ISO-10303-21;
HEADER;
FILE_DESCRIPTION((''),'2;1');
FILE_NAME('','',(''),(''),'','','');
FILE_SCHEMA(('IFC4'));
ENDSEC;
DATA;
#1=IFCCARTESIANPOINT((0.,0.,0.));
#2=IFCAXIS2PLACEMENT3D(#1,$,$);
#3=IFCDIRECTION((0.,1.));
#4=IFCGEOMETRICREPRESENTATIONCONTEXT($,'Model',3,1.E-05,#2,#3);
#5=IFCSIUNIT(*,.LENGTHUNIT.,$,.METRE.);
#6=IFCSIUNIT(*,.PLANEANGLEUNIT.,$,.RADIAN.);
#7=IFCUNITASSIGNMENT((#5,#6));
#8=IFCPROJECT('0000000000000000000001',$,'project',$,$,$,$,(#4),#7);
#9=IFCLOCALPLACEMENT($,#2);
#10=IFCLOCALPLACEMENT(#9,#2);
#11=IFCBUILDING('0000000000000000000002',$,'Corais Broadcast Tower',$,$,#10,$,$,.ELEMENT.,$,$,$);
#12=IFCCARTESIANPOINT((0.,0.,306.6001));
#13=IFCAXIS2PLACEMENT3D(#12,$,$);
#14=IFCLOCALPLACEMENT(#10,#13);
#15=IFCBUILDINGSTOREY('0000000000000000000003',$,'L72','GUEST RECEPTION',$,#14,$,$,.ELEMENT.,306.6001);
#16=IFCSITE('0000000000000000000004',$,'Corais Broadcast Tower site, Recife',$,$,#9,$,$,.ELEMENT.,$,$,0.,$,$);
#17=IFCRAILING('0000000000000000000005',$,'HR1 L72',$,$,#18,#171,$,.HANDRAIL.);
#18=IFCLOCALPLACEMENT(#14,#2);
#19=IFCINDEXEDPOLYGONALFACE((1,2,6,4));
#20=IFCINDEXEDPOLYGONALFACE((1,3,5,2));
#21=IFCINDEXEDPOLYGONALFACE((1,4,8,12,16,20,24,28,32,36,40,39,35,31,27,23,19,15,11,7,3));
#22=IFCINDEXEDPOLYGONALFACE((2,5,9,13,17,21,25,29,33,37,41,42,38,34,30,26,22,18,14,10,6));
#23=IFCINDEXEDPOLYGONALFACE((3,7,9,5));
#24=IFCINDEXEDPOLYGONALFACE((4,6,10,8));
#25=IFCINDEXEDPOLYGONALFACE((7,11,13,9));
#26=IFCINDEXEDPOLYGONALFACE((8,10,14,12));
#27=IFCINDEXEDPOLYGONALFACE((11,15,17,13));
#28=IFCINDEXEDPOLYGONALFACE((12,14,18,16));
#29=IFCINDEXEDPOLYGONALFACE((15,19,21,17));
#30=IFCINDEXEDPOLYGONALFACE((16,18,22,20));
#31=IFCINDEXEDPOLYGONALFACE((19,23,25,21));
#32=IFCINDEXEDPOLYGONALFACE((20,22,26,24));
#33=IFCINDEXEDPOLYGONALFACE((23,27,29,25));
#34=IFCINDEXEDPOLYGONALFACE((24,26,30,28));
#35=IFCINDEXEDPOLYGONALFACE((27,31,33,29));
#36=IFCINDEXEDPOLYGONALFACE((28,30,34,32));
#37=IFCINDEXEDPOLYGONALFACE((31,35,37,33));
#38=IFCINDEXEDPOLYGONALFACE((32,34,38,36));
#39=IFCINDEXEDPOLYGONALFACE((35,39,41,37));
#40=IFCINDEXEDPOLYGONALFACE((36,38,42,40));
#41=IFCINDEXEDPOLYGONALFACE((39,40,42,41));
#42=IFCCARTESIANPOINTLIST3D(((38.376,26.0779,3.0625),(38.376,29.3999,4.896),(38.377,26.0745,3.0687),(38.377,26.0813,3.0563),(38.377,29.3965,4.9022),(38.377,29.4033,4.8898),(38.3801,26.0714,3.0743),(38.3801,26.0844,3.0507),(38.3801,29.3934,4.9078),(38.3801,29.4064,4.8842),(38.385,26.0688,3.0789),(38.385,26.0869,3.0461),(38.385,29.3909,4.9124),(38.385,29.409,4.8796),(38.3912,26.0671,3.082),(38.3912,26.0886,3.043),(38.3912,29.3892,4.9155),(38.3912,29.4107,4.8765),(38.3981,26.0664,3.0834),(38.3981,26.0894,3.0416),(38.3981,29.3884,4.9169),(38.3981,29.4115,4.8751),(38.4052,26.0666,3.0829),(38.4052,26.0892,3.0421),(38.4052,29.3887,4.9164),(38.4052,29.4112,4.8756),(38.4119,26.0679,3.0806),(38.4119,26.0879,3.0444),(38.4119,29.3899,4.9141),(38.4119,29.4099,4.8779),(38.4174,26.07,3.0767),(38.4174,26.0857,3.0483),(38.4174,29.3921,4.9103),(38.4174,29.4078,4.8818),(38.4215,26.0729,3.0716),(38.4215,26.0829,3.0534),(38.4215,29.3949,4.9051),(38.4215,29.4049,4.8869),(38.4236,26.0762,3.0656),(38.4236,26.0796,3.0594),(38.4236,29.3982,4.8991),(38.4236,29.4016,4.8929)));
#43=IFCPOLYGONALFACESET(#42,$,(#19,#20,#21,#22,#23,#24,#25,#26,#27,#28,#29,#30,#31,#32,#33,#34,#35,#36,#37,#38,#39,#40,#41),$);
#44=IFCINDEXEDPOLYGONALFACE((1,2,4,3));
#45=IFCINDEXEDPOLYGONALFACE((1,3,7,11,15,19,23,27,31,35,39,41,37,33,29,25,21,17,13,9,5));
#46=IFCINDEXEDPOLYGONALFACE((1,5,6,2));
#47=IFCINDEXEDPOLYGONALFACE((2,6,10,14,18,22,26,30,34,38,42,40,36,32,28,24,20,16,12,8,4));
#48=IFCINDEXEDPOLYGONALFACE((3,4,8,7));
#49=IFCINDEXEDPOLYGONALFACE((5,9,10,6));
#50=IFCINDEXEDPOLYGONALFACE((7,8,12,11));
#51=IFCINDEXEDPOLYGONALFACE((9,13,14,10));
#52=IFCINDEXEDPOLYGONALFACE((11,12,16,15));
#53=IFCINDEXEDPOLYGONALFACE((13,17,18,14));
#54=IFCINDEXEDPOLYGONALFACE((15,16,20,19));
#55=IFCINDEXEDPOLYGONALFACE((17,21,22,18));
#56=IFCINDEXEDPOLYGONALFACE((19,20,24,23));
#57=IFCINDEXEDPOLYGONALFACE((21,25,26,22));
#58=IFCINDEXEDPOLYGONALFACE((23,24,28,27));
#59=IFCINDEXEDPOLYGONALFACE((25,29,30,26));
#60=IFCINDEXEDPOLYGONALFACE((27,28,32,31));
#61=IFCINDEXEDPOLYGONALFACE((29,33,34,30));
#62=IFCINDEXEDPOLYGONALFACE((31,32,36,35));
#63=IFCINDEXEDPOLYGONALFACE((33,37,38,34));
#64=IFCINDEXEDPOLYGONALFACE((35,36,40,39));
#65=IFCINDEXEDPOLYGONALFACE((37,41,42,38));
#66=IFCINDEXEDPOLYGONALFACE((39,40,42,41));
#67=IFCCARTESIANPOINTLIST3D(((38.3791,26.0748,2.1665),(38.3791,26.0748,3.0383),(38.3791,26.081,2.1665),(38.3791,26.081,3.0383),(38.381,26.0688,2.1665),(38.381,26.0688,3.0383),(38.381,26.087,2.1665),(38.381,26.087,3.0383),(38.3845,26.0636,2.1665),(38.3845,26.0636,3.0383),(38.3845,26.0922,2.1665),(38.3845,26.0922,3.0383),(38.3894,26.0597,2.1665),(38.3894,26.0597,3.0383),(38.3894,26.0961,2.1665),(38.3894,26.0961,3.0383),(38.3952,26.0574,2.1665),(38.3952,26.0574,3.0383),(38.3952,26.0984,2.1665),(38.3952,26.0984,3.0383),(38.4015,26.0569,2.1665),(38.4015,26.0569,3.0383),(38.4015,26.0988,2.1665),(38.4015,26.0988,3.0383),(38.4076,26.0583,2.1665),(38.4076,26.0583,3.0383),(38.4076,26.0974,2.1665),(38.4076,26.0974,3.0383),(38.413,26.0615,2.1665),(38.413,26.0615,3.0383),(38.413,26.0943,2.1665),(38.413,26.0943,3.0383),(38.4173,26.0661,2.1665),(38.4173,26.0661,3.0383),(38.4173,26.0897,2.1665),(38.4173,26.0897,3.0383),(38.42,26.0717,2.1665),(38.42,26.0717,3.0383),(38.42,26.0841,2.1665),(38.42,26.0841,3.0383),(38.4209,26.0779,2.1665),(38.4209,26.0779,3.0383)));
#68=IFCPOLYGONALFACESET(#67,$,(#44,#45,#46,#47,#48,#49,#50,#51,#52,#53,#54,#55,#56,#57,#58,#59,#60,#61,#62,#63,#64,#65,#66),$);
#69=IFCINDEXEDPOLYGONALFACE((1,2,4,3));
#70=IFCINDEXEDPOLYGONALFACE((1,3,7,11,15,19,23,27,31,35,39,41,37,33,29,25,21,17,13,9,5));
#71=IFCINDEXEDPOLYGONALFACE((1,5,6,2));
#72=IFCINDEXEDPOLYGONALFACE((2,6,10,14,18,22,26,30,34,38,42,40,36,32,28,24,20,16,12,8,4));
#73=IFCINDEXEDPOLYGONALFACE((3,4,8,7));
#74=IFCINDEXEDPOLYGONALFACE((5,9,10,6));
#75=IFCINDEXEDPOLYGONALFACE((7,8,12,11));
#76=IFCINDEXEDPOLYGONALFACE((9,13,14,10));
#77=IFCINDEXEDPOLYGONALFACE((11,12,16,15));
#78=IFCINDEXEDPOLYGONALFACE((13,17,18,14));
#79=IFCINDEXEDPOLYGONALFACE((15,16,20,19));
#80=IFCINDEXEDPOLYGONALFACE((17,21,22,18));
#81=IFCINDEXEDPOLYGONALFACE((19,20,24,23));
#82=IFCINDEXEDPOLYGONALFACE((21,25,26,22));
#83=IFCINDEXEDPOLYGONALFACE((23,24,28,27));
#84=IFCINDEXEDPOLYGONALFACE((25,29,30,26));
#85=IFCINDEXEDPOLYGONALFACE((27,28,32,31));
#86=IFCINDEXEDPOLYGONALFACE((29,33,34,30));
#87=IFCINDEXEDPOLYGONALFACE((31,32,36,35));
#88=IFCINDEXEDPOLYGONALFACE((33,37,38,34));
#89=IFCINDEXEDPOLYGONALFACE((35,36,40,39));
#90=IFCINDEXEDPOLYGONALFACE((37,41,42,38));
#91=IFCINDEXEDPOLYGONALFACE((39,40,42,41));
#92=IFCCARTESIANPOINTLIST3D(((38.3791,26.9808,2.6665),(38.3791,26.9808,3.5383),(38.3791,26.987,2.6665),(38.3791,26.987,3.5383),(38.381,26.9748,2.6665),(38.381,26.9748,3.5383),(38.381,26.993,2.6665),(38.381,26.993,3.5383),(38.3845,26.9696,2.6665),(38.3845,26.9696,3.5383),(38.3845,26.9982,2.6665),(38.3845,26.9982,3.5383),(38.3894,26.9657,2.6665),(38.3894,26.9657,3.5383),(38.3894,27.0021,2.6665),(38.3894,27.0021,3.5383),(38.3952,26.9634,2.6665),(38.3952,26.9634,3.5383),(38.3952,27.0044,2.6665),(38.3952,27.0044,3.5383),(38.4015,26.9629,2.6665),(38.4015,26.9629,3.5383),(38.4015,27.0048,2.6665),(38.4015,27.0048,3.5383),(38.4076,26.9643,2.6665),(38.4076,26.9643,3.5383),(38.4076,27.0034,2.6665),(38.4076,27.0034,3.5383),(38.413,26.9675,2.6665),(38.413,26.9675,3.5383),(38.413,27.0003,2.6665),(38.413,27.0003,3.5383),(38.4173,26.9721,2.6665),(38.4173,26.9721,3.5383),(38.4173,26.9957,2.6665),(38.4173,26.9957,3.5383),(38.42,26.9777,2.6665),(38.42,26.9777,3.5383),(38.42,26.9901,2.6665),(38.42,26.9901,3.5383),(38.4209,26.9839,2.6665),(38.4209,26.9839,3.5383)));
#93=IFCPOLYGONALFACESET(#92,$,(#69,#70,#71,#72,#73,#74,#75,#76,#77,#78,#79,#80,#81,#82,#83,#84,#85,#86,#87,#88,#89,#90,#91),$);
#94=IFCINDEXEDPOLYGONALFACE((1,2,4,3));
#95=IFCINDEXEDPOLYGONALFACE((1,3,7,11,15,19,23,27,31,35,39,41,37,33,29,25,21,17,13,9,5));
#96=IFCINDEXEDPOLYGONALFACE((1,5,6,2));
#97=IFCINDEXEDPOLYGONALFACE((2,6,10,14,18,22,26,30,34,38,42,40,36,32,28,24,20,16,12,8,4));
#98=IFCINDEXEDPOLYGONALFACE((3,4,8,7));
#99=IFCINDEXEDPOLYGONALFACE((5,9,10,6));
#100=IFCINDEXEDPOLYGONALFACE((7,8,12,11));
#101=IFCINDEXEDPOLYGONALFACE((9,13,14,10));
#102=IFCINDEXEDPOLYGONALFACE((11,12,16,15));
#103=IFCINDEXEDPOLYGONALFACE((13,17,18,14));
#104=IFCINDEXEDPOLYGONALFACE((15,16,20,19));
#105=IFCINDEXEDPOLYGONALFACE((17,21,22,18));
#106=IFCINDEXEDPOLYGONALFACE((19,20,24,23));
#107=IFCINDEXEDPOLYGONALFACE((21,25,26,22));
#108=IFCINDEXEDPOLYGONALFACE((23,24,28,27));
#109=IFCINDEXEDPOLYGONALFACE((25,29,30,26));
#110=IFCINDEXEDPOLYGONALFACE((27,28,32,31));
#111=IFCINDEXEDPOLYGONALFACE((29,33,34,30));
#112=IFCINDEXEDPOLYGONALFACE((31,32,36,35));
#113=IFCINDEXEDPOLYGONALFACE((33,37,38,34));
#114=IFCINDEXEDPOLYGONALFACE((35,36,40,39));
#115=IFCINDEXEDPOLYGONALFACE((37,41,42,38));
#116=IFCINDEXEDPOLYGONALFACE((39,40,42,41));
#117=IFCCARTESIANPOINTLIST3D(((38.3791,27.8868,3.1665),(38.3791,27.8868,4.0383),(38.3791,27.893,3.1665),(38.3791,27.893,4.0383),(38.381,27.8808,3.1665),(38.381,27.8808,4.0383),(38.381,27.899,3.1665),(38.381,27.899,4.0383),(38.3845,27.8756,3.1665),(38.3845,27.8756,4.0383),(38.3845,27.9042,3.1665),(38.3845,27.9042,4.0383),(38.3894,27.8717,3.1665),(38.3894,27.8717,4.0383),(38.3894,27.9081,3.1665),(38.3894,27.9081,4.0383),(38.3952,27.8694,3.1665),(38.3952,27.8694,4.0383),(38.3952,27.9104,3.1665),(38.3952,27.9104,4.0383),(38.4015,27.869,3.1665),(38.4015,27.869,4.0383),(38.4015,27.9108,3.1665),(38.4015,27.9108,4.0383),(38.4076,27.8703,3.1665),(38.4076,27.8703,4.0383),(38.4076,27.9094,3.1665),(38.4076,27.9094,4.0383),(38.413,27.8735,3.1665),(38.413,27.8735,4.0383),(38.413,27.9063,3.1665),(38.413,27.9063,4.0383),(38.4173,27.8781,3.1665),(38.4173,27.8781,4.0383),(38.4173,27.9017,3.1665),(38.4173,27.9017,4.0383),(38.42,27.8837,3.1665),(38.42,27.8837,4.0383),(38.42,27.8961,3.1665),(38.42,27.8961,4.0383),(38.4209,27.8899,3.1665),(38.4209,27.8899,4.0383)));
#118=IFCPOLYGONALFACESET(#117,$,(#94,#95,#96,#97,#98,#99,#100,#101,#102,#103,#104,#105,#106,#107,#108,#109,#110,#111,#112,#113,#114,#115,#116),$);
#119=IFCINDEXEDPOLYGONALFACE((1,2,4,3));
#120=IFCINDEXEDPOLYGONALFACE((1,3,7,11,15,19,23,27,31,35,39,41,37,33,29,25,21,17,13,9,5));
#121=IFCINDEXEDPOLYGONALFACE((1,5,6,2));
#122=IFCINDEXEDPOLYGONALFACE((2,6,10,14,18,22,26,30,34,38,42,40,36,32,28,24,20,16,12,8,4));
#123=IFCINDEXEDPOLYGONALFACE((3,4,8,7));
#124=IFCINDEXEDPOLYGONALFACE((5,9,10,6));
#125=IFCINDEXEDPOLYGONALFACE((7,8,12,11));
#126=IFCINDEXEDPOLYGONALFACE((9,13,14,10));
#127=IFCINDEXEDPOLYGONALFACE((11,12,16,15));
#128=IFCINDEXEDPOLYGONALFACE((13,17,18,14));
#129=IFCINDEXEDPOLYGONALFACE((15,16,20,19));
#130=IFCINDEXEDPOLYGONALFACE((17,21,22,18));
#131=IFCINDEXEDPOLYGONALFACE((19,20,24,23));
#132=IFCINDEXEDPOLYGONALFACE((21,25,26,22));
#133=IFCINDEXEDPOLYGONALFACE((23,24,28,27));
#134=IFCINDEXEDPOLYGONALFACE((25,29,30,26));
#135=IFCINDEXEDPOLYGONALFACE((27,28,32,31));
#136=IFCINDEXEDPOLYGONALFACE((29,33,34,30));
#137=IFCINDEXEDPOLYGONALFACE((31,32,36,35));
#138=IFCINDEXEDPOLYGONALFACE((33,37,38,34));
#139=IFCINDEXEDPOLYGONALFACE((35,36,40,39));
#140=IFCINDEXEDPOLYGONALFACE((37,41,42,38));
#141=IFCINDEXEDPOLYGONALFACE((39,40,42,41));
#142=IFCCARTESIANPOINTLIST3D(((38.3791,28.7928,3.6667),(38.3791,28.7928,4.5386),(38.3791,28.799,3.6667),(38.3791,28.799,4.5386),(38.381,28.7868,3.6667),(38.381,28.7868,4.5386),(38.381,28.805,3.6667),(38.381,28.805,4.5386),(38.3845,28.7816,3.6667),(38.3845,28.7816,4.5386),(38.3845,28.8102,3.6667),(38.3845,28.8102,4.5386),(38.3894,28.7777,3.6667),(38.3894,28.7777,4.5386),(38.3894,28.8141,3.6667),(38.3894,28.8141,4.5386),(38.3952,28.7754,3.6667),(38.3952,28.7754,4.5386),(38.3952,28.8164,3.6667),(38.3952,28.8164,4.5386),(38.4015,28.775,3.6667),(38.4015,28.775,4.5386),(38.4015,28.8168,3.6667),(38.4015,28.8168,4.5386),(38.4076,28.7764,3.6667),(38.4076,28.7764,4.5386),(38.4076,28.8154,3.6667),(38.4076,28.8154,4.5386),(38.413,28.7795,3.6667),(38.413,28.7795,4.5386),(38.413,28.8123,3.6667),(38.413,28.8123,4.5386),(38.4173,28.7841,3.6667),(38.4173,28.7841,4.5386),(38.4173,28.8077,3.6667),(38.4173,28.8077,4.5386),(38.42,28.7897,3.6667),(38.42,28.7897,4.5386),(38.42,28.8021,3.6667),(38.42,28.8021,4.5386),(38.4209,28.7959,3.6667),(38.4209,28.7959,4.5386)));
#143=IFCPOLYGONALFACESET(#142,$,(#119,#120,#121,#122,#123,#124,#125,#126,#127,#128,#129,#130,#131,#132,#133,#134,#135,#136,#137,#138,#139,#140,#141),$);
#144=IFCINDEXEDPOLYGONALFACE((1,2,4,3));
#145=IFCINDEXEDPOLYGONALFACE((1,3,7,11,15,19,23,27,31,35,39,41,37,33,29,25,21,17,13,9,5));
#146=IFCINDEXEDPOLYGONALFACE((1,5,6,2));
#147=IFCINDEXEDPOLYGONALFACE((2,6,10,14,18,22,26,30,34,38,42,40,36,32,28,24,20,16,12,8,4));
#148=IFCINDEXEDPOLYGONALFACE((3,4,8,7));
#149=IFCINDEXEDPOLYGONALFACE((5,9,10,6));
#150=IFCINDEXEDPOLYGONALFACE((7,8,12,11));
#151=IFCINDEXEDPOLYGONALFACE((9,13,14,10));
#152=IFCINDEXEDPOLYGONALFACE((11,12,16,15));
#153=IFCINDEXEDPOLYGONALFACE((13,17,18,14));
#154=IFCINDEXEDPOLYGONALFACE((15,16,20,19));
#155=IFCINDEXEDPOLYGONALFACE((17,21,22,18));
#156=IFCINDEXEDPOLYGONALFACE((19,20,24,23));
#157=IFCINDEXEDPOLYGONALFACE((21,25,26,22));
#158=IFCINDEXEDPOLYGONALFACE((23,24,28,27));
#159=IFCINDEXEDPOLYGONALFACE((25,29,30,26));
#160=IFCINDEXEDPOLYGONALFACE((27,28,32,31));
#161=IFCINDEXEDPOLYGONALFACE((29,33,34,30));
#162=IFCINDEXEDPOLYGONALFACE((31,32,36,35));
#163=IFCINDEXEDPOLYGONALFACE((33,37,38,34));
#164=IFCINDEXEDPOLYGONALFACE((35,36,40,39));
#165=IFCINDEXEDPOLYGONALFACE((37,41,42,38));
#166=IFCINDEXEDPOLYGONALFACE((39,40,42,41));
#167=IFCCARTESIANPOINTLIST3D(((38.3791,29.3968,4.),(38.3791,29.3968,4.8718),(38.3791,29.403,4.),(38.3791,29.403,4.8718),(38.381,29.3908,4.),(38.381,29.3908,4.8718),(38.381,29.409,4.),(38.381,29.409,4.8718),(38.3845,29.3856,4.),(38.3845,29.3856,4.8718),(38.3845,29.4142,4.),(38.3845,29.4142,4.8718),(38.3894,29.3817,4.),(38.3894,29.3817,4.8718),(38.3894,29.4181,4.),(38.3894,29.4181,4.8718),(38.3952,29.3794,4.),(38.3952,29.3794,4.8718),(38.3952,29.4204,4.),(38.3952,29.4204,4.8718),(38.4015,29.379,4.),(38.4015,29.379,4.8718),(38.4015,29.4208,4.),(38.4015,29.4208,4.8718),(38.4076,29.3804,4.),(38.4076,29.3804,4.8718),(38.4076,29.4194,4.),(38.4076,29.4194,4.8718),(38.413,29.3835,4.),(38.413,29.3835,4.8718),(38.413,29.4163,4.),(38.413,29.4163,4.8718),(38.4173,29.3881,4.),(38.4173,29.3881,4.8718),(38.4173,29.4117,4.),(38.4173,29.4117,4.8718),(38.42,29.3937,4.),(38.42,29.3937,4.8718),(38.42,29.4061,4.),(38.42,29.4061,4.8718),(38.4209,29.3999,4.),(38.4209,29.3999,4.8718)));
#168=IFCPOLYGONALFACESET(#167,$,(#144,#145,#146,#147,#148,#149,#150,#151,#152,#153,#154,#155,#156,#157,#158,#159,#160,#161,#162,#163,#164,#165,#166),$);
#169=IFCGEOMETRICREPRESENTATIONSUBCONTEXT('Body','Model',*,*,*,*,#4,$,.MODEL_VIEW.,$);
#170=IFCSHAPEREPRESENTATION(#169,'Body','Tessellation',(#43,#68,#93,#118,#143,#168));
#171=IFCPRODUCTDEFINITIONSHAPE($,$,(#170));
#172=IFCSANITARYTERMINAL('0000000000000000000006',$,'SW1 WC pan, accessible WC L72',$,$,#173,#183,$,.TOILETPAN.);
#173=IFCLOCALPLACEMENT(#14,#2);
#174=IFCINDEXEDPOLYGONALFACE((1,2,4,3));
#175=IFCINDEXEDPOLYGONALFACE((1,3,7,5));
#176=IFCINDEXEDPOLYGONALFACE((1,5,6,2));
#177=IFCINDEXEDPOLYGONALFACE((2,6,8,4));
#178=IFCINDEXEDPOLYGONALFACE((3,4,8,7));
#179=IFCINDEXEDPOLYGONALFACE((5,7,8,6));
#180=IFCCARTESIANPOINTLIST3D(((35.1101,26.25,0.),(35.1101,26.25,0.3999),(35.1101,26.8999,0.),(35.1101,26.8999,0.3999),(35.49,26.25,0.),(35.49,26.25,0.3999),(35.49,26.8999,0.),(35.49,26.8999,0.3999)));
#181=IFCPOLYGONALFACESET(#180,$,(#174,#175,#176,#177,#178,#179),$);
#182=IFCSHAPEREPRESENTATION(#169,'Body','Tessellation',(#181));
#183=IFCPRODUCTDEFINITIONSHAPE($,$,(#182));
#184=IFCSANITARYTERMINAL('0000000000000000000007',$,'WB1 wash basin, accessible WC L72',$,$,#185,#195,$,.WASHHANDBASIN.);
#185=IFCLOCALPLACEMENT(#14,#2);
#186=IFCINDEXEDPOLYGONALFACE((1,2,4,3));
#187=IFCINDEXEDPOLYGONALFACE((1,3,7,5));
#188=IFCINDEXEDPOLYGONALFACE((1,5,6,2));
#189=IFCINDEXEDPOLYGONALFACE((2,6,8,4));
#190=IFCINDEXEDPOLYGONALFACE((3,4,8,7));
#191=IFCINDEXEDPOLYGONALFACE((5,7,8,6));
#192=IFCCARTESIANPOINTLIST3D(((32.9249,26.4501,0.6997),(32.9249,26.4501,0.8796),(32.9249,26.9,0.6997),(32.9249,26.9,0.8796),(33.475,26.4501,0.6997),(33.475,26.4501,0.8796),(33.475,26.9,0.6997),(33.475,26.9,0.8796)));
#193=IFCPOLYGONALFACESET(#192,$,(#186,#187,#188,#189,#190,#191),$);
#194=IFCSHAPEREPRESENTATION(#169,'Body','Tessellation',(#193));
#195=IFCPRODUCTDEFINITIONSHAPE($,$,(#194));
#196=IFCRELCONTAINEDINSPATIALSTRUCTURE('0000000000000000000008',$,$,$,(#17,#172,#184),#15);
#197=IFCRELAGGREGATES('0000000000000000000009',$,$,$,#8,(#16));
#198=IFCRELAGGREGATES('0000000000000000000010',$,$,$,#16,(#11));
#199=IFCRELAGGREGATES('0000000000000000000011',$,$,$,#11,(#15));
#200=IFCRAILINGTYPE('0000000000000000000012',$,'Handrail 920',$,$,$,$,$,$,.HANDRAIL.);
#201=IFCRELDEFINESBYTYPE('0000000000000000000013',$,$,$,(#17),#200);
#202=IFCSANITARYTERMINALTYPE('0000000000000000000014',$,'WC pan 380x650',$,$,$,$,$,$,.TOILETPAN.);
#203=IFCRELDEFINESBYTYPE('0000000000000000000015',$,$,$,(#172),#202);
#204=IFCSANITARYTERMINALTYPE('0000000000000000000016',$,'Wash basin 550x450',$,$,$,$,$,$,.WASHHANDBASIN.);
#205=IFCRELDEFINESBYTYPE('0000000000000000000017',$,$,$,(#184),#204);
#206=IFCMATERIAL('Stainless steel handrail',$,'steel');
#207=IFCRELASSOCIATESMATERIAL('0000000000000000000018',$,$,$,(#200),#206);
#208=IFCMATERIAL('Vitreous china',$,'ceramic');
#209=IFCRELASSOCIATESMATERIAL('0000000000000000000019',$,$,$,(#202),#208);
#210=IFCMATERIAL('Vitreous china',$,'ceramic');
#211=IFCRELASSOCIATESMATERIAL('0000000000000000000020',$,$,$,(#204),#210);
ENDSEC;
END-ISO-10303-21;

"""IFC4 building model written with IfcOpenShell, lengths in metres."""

from ifc_helpers import new_model, si_unit, direction, frame, origin, origin_2d, place, context, subcontext, project, spatial, rectangle, circle, extrude, material, type_object, element, save


model = new_model("IFC4")

# Units and contexts
model_context = context("Model", 3, precision=1e-05, world=origin(), true_north=direction((0.0, 1.0)))
body_context = subcontext(model_context, "Body", "Model", "MODEL_VIEW")
ifc_project = project(units=[si_unit("LENGTHUNIT", "METRE"), si_unit("PLANEANGLEUNIT", "RADIAN")], contexts=[model_context])

# Site, building, storey
site_placement = place(None, origin())
site = spatial("IfcSite", under=ifc_project, at=site_placement, Name="Corais Broadcast Tower site, Recife", CompositionType="ELEMENT", RefElevation=0.0)
building_placement = place(site_placement, origin())
building = spatial("IfcBuilding", under=site, at=building_placement, Name="Corais Broadcast Tower", CompositionType="ELEMENT")
storey_placement = place(building_placement, frame((0.0, 0.0, 306.6001)))
storey = spatial("IfcBuildingStorey", under=building, at=storey_placement, Name="L72", Description="GUEST RECEPTION", CompositionType="ELEMENT", Elevation=306.6001)

# Railing
ifc_material_1 = material(Name="Stainless steel handrail", Category="steel")
railing_type = type_object("IfcRailingType", Name="Handrail 920", PredefinedType="HANDRAIL", material=ifc_material_1)
for number, where, name in (
    (1, (38.3999, 26.0779, 2.1665), "HR1 L72"),
):
    element("IfcRailing", number, at=place(storey_placement, frame(where)), inside=storey, type_object=railing_type, Name=name, PredefinedType="HANDRAIL", context=body_context, shape_type="SweptSolid", body=[
        extrude(circle(Radius=0.0239, at=origin_2d()), frame((0.0, 0.0, 0.896), z_axis=(0.0, 0.875504, 0.48321), x_axis=(-1.0, 0.0, 0.0)), (0.0, 0.0, 1.0), 3.7944),
        extrude(circle(Radius=0.021, at=origin_2d()), origin(), (0.0, 0.0, 1.0), 0.8718),
        extrude(circle(Radius=0.021, at=origin_2d()), frame((0.0, 0.906, 0.5)), (0.0, 0.0, 1.0), 0.8718),
        extrude(circle(Radius=0.021, at=origin_2d()), frame((0.0, 1.812, 1.0)), (0.0, 0.0, 1.0), 0.8718),
        extrude(circle(Radius=0.021, at=origin_2d()), frame((0.0, 2.718, 1.5002)), (0.0, 0.0, 1.0), 0.8718),
        extrude(circle(Radius=0.021, at=origin_2d()), frame((0.0, 3.322, 1.8335)), (0.0, 0.0, 1.0), 0.8718),
    ])

# Sanitary terminals
ifc_material_2 = material(Name="Vitreous china", Category="ceramic")
sanitary_terminal_type_1 = type_object("IfcSanitaryTerminalType", Name="WC pan 380x650", PredefinedType="TOILETPAN", material=ifc_material_2)
sanitary_terminal_1_placement = place(storey_placement, frame((35.3, 26.575, 0.0), z_axis=(0.0, 0.0, 1.0), x_axis=(1.0, 0.0, 0.0)))
element("IfcSanitaryTerminal", 2, at=sanitary_terminal_1_placement, inside=storey, type_object=sanitary_terminal_type_1, Name="SW1 WC pan, accessible WC L72", PredefinedType="TOILETPAN", context=body_context, shape_type="SweptSolid", body=[
    extrude(rectangle(XDim=0.3799, YDim=0.6499, at=origin_2d()), origin(), (0.0, 0.0, 1.0), 0.3999),
])
ifc_material_3 = material(Name="Vitreous china", Category="ceramic")
sanitary_terminal_type_2 = type_object("IfcSanitaryTerminalType", Name="Wash basin 550x450", PredefinedType="WASHHANDBASIN", material=ifc_material_3)
sanitary_terminal_2_placement = place(storey_placement, frame((33.2, 26.675, 0.6997), z_axis=(0.0, 0.0, 1.0), x_axis=(1.0, 0.0, 0.0)))
element("IfcSanitaryTerminal", 3, at=sanitary_terminal_2_placement, inside=storey, type_object=sanitary_terminal_type_2, Name="WB1 wash basin, accessible WC L72", PredefinedType="WASHHANDBASIN", context=body_context, shape_type="SweptSolid", body=[
    extrude(rectangle(XDim=0.55, YDim=0.45, at=origin_2d()), origin(), (0.0, 0.0, 1.0), 0.1799),
])

save(model, "model.ifc")
